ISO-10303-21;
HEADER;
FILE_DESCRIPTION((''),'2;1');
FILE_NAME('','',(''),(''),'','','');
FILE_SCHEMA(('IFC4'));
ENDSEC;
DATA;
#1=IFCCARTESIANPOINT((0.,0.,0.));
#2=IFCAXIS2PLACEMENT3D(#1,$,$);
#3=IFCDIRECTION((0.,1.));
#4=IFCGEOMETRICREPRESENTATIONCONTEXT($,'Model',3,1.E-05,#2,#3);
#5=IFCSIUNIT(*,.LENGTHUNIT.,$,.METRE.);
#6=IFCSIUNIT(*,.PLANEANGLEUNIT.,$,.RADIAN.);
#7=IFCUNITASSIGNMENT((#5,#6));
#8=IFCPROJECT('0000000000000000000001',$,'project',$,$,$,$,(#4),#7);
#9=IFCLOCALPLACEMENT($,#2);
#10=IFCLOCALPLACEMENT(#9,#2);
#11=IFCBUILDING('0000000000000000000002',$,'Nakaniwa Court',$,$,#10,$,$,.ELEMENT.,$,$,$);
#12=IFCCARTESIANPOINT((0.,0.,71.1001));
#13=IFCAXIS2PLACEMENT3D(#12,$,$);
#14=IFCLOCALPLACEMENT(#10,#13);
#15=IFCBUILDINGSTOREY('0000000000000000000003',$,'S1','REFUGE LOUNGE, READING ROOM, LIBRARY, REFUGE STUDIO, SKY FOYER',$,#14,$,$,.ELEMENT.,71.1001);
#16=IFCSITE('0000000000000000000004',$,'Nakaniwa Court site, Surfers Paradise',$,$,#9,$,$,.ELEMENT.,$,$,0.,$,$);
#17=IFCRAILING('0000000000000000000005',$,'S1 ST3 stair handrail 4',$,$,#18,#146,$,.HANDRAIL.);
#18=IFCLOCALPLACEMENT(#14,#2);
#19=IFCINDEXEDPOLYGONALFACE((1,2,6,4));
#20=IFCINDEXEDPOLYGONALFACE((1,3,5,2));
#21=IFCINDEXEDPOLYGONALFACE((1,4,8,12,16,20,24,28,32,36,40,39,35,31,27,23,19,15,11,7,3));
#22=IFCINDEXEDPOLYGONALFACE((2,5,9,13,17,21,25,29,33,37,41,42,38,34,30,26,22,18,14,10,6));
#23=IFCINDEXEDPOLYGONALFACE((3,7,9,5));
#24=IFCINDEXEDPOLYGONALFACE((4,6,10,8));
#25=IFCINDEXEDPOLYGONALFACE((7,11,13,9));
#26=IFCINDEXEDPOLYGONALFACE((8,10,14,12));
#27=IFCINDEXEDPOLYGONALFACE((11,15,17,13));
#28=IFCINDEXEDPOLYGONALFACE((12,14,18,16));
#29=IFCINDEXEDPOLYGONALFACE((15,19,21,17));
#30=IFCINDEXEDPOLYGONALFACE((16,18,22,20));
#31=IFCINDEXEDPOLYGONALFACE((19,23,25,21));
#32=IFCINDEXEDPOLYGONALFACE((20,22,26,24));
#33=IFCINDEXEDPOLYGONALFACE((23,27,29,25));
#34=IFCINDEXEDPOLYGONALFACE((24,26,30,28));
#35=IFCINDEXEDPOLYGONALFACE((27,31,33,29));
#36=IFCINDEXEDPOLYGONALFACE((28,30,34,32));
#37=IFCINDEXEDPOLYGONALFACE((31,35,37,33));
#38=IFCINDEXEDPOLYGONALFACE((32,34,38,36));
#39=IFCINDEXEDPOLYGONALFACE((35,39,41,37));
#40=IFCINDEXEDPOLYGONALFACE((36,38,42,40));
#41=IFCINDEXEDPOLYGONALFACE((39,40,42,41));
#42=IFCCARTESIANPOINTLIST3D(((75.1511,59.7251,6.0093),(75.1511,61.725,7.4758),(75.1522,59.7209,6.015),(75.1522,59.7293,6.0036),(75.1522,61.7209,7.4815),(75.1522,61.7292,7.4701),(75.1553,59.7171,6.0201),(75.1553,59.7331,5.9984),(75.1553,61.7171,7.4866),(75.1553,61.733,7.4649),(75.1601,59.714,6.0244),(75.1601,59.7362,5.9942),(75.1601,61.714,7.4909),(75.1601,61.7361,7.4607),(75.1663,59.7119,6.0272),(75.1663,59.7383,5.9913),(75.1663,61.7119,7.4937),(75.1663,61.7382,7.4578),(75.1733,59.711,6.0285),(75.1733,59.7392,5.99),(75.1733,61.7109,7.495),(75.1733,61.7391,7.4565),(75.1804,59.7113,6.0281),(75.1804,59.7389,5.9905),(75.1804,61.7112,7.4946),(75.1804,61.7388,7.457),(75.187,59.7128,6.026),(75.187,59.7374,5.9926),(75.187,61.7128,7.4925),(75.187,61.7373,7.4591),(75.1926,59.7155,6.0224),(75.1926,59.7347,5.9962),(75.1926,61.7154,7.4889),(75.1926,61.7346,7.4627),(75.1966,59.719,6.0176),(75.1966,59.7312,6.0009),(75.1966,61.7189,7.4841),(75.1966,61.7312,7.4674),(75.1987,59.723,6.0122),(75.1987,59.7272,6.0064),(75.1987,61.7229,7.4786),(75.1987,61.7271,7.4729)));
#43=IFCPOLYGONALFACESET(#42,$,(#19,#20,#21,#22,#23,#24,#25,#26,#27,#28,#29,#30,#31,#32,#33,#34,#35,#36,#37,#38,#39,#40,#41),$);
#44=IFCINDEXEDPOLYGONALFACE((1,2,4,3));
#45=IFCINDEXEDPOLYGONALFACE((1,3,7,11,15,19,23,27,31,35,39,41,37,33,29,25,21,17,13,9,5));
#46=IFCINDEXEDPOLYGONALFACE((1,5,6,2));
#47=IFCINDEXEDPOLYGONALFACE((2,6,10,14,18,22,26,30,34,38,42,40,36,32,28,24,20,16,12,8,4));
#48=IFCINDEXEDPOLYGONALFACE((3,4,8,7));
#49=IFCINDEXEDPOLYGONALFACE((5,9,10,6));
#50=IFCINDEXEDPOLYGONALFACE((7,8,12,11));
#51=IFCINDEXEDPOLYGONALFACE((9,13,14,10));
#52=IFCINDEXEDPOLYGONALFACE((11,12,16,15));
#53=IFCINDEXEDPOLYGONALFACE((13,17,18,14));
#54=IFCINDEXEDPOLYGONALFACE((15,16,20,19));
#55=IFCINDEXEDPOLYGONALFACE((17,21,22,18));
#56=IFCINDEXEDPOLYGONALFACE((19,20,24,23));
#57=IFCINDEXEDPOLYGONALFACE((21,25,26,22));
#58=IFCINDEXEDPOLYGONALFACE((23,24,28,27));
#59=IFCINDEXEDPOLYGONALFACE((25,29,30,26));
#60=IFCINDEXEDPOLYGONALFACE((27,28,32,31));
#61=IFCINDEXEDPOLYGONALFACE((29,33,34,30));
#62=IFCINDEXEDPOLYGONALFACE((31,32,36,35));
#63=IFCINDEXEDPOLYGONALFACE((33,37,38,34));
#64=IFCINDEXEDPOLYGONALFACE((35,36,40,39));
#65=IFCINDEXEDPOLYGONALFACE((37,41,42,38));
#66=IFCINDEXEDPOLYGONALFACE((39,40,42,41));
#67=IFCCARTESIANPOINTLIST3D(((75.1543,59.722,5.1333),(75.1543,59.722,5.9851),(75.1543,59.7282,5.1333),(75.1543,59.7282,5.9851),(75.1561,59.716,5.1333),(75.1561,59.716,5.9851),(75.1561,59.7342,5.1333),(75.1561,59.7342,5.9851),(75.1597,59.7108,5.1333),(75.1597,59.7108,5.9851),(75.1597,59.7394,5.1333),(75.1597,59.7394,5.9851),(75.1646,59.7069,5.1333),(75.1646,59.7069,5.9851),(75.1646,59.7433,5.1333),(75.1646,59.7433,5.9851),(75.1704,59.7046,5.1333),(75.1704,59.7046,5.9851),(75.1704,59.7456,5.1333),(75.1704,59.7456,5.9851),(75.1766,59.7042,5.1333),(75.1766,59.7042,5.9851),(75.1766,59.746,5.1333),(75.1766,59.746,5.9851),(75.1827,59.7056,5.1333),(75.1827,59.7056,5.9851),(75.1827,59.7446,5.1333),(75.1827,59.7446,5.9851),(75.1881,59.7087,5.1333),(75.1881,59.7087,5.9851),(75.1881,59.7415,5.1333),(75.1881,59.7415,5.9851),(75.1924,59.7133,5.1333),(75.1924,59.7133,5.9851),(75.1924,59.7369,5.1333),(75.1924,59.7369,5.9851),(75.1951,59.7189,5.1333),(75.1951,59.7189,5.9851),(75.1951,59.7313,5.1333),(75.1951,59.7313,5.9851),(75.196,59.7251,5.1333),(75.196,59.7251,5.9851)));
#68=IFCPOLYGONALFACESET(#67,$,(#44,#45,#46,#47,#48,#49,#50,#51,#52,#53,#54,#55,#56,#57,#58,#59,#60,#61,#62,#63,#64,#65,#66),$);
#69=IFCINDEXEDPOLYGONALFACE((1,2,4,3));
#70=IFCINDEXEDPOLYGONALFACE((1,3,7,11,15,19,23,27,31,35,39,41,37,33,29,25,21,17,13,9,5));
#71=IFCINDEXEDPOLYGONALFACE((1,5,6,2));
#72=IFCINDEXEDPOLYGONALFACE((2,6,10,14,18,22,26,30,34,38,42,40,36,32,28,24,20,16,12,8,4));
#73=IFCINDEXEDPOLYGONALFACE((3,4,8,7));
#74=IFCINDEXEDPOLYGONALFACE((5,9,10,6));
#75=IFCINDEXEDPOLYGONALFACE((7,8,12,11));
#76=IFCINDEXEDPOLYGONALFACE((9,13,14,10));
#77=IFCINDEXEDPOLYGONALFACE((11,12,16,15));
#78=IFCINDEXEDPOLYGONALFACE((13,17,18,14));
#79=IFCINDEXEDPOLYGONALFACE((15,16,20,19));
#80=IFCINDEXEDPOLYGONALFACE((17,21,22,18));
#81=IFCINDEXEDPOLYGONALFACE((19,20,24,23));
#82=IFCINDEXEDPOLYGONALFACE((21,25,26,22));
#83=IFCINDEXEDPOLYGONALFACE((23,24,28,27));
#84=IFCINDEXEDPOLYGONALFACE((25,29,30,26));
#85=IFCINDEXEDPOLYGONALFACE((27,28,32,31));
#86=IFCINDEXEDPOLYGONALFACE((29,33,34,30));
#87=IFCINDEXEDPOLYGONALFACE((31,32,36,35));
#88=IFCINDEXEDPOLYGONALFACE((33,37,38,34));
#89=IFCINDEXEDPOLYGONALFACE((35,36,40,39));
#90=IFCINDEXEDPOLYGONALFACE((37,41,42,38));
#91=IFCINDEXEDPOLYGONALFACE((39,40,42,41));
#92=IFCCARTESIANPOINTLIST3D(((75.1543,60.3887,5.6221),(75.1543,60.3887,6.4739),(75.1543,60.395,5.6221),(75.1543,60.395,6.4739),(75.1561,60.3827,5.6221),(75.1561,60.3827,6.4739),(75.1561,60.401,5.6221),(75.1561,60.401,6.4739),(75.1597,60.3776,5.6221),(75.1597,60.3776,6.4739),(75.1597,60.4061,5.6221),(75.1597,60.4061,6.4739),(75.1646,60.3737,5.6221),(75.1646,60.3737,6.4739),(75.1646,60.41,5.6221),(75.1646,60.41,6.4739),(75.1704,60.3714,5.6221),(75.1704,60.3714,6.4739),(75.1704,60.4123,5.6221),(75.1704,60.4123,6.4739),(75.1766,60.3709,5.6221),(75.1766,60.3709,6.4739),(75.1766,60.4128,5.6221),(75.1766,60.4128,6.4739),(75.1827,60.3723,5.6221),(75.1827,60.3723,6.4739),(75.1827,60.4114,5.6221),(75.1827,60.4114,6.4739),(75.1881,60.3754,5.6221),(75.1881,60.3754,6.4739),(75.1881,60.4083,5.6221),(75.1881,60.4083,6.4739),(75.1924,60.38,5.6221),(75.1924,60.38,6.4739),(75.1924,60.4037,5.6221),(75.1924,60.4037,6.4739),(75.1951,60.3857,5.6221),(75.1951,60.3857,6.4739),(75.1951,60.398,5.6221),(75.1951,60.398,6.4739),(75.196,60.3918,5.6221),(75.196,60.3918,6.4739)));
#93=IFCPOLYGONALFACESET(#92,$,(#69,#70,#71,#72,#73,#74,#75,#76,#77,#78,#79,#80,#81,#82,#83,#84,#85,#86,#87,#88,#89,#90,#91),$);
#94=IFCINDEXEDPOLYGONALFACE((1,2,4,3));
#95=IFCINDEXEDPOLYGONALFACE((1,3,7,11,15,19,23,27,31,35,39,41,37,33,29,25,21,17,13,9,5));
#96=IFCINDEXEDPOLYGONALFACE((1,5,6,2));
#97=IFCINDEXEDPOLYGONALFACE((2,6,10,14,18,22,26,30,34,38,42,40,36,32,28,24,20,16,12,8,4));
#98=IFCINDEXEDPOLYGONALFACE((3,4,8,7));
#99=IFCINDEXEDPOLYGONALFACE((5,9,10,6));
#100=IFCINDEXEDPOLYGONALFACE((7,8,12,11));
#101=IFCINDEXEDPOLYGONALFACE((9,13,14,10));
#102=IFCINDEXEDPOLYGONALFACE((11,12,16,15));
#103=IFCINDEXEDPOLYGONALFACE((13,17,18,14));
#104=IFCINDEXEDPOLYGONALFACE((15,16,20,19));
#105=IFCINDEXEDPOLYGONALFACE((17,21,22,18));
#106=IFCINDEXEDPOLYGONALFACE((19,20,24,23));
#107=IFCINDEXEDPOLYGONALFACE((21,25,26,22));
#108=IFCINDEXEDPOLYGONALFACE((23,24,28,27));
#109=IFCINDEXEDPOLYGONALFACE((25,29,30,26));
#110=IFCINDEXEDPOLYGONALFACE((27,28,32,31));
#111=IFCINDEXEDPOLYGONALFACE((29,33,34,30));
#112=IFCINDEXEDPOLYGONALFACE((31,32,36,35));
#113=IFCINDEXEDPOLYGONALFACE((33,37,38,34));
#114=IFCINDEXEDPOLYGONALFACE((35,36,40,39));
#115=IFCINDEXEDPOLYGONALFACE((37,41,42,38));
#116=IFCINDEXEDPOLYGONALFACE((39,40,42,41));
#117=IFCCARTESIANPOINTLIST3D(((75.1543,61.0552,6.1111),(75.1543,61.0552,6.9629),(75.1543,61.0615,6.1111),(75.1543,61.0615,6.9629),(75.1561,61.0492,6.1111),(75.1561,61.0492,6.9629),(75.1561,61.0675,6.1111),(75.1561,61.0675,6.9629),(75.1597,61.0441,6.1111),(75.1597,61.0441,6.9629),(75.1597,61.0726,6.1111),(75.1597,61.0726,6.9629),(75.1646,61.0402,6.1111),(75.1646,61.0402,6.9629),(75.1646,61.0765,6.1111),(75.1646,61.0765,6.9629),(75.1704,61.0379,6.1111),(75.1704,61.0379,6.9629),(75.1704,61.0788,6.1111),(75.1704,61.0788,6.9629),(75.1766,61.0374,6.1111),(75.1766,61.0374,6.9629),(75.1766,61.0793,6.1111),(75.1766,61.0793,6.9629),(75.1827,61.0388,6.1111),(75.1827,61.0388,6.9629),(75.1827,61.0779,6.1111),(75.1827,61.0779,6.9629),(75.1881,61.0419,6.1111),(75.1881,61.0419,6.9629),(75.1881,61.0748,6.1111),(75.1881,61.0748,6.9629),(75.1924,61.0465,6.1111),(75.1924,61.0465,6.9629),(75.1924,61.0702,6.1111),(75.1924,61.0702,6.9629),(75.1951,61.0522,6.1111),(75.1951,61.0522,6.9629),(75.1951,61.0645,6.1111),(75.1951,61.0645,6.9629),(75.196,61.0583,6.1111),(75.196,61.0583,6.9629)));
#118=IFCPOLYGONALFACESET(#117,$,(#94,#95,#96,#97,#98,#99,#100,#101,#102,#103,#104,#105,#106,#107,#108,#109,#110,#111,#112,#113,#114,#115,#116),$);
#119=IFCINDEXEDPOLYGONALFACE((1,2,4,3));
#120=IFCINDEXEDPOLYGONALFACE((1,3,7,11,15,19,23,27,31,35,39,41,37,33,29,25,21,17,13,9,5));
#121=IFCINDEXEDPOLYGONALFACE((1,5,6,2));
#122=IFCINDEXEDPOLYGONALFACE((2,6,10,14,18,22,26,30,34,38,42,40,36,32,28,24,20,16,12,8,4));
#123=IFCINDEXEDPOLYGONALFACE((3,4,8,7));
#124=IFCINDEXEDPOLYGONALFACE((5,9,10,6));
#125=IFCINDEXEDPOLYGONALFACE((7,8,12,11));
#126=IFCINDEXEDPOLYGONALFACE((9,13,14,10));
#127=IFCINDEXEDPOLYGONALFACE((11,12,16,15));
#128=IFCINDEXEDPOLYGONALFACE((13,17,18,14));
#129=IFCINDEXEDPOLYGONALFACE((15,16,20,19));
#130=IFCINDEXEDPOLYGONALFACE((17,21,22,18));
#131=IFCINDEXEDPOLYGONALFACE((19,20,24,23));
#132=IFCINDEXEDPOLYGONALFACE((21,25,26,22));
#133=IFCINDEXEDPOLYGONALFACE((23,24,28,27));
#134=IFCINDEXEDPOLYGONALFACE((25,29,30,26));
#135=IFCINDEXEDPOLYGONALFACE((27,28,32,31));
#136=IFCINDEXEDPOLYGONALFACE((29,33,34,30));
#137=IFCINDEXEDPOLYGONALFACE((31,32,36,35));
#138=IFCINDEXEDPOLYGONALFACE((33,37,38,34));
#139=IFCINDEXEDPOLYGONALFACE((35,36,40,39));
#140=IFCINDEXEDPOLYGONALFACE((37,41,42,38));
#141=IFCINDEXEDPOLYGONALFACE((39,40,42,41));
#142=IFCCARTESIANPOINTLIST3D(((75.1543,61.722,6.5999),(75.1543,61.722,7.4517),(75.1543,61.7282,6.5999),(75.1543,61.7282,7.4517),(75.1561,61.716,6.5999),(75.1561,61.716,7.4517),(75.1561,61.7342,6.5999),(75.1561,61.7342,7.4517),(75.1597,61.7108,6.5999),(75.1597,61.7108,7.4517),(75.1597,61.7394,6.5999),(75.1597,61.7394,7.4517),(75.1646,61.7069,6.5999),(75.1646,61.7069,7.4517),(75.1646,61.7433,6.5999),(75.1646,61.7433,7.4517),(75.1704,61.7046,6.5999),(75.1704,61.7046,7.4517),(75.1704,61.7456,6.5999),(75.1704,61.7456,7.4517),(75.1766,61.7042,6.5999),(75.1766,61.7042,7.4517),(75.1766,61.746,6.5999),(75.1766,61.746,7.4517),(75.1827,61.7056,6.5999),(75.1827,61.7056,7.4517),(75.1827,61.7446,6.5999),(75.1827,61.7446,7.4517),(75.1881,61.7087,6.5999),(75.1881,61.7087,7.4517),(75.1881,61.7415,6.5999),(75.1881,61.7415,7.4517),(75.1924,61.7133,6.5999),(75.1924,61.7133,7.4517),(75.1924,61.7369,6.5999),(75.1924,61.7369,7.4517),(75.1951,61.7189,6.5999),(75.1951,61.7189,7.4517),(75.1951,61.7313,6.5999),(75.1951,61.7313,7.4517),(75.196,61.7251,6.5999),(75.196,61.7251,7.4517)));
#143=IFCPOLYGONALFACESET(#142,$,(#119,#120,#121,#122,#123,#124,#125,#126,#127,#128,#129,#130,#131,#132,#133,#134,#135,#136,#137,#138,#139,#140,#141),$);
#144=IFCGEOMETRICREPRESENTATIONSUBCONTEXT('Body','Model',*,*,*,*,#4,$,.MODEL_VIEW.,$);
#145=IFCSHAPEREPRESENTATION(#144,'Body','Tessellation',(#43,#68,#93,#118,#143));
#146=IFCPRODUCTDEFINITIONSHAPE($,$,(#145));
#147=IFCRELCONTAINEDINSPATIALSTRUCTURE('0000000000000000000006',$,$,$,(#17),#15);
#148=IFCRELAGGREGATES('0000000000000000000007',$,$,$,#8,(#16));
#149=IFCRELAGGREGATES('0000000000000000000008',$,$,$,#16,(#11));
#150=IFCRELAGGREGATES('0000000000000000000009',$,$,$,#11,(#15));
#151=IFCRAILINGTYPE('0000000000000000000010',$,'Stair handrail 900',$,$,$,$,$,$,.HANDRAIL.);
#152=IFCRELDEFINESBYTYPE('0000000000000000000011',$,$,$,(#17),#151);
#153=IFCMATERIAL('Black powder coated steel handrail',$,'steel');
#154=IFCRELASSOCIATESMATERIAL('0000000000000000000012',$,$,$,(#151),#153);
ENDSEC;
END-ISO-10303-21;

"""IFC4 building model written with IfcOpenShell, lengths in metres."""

from ifc_helpers import new_model, si_unit, direction, frame, origin, origin_2d, place, context, subcontext, project, spatial, circle, extrude, material, type_object, element, save


model = new_model("IFC4")

# Units and contexts
model_context = context("Model", 3, precision=1e-05, world=origin(), true_north=direction((0.0, 1.0)))
body_context = subcontext(model_context, "Body", "Model", "MODEL_VIEW")
ifc_project = project(units=[si_unit("LENGTHUNIT", "METRE"), si_unit("PLANEANGLEUNIT", "RADIAN")], contexts=[model_context])

# Site, building, storey
site_placement = place(None, origin())
site = spatial("IfcSite", under=ifc_project, at=site_placement, Name="Nakaniwa Court site, Surfers Paradise", CompositionType="ELEMENT", RefElevation=0.0)
building_placement = place(site_placement, origin())
building = spatial("IfcBuilding", under=site, at=building_placement, Name="Nakaniwa Court", CompositionType="ELEMENT")
storey_placement = place(building_placement, frame((0.0, 0.0, 71.1001)))
storey = spatial("IfcBuildingStorey", under=building, at=storey_placement, Name="S1", Description="REFUGE LOUNGE, READING ROOM, LIBRARY, REFUGE STUDIO, SKY FOYER", CompositionType="ELEMENT", Elevation=71.1001)

# Railing
ifc_material_1 = material(Name="Black powder coated steel handrail", Category="steel")
railing_type_1 = type_object("IfcRailingType", Name="Stair handrail 900", PredefinedType="HANDRAIL", material=ifc_material_1)
railing_1_placement = place(storey_placement, frame((75.175, 59.7251, 5.1333)))
element("IfcRailing", 1, at=railing_1_placement, inside=storey, type_object=railing_type_1, Name="S1 ST3 stair handrail 4", PredefinedType="HANDRAIL", context=body_context, shape_type="SweptSolid", body=[
    extrude(circle(Radius=0.0239, at=origin_2d()), frame((0.0, 0.0, 0.876), z_axis=(0.0, 0.806427, 0.591334), x_axis=(-1.0, 0.0, 0.0)), (0.0, 0.0, 1.0), 2.48),
    extrude(circle(Radius=0.021, at=origin_2d()), origin(), (0.0, 0.0, 1.0), 0.8518),
    extrude(circle(Radius=0.021, at=origin_2d()), frame((0.0, 0.6667, 0.4888)), (0.0, 0.0, 1.0), 0.8518),
    extrude(circle(Radius=0.021, at=origin_2d()), frame((0.0, 1.3333, 0.9778)), (0.0, 0.0, 1.0), 0.8518),
    extrude(circle(Radius=0.021, at=origin_2d()), frame((0.0, 2.0, 1.4666)), (0.0, 0.0, 1.0), 0.8518),
])

save(model, "model.ifc")
